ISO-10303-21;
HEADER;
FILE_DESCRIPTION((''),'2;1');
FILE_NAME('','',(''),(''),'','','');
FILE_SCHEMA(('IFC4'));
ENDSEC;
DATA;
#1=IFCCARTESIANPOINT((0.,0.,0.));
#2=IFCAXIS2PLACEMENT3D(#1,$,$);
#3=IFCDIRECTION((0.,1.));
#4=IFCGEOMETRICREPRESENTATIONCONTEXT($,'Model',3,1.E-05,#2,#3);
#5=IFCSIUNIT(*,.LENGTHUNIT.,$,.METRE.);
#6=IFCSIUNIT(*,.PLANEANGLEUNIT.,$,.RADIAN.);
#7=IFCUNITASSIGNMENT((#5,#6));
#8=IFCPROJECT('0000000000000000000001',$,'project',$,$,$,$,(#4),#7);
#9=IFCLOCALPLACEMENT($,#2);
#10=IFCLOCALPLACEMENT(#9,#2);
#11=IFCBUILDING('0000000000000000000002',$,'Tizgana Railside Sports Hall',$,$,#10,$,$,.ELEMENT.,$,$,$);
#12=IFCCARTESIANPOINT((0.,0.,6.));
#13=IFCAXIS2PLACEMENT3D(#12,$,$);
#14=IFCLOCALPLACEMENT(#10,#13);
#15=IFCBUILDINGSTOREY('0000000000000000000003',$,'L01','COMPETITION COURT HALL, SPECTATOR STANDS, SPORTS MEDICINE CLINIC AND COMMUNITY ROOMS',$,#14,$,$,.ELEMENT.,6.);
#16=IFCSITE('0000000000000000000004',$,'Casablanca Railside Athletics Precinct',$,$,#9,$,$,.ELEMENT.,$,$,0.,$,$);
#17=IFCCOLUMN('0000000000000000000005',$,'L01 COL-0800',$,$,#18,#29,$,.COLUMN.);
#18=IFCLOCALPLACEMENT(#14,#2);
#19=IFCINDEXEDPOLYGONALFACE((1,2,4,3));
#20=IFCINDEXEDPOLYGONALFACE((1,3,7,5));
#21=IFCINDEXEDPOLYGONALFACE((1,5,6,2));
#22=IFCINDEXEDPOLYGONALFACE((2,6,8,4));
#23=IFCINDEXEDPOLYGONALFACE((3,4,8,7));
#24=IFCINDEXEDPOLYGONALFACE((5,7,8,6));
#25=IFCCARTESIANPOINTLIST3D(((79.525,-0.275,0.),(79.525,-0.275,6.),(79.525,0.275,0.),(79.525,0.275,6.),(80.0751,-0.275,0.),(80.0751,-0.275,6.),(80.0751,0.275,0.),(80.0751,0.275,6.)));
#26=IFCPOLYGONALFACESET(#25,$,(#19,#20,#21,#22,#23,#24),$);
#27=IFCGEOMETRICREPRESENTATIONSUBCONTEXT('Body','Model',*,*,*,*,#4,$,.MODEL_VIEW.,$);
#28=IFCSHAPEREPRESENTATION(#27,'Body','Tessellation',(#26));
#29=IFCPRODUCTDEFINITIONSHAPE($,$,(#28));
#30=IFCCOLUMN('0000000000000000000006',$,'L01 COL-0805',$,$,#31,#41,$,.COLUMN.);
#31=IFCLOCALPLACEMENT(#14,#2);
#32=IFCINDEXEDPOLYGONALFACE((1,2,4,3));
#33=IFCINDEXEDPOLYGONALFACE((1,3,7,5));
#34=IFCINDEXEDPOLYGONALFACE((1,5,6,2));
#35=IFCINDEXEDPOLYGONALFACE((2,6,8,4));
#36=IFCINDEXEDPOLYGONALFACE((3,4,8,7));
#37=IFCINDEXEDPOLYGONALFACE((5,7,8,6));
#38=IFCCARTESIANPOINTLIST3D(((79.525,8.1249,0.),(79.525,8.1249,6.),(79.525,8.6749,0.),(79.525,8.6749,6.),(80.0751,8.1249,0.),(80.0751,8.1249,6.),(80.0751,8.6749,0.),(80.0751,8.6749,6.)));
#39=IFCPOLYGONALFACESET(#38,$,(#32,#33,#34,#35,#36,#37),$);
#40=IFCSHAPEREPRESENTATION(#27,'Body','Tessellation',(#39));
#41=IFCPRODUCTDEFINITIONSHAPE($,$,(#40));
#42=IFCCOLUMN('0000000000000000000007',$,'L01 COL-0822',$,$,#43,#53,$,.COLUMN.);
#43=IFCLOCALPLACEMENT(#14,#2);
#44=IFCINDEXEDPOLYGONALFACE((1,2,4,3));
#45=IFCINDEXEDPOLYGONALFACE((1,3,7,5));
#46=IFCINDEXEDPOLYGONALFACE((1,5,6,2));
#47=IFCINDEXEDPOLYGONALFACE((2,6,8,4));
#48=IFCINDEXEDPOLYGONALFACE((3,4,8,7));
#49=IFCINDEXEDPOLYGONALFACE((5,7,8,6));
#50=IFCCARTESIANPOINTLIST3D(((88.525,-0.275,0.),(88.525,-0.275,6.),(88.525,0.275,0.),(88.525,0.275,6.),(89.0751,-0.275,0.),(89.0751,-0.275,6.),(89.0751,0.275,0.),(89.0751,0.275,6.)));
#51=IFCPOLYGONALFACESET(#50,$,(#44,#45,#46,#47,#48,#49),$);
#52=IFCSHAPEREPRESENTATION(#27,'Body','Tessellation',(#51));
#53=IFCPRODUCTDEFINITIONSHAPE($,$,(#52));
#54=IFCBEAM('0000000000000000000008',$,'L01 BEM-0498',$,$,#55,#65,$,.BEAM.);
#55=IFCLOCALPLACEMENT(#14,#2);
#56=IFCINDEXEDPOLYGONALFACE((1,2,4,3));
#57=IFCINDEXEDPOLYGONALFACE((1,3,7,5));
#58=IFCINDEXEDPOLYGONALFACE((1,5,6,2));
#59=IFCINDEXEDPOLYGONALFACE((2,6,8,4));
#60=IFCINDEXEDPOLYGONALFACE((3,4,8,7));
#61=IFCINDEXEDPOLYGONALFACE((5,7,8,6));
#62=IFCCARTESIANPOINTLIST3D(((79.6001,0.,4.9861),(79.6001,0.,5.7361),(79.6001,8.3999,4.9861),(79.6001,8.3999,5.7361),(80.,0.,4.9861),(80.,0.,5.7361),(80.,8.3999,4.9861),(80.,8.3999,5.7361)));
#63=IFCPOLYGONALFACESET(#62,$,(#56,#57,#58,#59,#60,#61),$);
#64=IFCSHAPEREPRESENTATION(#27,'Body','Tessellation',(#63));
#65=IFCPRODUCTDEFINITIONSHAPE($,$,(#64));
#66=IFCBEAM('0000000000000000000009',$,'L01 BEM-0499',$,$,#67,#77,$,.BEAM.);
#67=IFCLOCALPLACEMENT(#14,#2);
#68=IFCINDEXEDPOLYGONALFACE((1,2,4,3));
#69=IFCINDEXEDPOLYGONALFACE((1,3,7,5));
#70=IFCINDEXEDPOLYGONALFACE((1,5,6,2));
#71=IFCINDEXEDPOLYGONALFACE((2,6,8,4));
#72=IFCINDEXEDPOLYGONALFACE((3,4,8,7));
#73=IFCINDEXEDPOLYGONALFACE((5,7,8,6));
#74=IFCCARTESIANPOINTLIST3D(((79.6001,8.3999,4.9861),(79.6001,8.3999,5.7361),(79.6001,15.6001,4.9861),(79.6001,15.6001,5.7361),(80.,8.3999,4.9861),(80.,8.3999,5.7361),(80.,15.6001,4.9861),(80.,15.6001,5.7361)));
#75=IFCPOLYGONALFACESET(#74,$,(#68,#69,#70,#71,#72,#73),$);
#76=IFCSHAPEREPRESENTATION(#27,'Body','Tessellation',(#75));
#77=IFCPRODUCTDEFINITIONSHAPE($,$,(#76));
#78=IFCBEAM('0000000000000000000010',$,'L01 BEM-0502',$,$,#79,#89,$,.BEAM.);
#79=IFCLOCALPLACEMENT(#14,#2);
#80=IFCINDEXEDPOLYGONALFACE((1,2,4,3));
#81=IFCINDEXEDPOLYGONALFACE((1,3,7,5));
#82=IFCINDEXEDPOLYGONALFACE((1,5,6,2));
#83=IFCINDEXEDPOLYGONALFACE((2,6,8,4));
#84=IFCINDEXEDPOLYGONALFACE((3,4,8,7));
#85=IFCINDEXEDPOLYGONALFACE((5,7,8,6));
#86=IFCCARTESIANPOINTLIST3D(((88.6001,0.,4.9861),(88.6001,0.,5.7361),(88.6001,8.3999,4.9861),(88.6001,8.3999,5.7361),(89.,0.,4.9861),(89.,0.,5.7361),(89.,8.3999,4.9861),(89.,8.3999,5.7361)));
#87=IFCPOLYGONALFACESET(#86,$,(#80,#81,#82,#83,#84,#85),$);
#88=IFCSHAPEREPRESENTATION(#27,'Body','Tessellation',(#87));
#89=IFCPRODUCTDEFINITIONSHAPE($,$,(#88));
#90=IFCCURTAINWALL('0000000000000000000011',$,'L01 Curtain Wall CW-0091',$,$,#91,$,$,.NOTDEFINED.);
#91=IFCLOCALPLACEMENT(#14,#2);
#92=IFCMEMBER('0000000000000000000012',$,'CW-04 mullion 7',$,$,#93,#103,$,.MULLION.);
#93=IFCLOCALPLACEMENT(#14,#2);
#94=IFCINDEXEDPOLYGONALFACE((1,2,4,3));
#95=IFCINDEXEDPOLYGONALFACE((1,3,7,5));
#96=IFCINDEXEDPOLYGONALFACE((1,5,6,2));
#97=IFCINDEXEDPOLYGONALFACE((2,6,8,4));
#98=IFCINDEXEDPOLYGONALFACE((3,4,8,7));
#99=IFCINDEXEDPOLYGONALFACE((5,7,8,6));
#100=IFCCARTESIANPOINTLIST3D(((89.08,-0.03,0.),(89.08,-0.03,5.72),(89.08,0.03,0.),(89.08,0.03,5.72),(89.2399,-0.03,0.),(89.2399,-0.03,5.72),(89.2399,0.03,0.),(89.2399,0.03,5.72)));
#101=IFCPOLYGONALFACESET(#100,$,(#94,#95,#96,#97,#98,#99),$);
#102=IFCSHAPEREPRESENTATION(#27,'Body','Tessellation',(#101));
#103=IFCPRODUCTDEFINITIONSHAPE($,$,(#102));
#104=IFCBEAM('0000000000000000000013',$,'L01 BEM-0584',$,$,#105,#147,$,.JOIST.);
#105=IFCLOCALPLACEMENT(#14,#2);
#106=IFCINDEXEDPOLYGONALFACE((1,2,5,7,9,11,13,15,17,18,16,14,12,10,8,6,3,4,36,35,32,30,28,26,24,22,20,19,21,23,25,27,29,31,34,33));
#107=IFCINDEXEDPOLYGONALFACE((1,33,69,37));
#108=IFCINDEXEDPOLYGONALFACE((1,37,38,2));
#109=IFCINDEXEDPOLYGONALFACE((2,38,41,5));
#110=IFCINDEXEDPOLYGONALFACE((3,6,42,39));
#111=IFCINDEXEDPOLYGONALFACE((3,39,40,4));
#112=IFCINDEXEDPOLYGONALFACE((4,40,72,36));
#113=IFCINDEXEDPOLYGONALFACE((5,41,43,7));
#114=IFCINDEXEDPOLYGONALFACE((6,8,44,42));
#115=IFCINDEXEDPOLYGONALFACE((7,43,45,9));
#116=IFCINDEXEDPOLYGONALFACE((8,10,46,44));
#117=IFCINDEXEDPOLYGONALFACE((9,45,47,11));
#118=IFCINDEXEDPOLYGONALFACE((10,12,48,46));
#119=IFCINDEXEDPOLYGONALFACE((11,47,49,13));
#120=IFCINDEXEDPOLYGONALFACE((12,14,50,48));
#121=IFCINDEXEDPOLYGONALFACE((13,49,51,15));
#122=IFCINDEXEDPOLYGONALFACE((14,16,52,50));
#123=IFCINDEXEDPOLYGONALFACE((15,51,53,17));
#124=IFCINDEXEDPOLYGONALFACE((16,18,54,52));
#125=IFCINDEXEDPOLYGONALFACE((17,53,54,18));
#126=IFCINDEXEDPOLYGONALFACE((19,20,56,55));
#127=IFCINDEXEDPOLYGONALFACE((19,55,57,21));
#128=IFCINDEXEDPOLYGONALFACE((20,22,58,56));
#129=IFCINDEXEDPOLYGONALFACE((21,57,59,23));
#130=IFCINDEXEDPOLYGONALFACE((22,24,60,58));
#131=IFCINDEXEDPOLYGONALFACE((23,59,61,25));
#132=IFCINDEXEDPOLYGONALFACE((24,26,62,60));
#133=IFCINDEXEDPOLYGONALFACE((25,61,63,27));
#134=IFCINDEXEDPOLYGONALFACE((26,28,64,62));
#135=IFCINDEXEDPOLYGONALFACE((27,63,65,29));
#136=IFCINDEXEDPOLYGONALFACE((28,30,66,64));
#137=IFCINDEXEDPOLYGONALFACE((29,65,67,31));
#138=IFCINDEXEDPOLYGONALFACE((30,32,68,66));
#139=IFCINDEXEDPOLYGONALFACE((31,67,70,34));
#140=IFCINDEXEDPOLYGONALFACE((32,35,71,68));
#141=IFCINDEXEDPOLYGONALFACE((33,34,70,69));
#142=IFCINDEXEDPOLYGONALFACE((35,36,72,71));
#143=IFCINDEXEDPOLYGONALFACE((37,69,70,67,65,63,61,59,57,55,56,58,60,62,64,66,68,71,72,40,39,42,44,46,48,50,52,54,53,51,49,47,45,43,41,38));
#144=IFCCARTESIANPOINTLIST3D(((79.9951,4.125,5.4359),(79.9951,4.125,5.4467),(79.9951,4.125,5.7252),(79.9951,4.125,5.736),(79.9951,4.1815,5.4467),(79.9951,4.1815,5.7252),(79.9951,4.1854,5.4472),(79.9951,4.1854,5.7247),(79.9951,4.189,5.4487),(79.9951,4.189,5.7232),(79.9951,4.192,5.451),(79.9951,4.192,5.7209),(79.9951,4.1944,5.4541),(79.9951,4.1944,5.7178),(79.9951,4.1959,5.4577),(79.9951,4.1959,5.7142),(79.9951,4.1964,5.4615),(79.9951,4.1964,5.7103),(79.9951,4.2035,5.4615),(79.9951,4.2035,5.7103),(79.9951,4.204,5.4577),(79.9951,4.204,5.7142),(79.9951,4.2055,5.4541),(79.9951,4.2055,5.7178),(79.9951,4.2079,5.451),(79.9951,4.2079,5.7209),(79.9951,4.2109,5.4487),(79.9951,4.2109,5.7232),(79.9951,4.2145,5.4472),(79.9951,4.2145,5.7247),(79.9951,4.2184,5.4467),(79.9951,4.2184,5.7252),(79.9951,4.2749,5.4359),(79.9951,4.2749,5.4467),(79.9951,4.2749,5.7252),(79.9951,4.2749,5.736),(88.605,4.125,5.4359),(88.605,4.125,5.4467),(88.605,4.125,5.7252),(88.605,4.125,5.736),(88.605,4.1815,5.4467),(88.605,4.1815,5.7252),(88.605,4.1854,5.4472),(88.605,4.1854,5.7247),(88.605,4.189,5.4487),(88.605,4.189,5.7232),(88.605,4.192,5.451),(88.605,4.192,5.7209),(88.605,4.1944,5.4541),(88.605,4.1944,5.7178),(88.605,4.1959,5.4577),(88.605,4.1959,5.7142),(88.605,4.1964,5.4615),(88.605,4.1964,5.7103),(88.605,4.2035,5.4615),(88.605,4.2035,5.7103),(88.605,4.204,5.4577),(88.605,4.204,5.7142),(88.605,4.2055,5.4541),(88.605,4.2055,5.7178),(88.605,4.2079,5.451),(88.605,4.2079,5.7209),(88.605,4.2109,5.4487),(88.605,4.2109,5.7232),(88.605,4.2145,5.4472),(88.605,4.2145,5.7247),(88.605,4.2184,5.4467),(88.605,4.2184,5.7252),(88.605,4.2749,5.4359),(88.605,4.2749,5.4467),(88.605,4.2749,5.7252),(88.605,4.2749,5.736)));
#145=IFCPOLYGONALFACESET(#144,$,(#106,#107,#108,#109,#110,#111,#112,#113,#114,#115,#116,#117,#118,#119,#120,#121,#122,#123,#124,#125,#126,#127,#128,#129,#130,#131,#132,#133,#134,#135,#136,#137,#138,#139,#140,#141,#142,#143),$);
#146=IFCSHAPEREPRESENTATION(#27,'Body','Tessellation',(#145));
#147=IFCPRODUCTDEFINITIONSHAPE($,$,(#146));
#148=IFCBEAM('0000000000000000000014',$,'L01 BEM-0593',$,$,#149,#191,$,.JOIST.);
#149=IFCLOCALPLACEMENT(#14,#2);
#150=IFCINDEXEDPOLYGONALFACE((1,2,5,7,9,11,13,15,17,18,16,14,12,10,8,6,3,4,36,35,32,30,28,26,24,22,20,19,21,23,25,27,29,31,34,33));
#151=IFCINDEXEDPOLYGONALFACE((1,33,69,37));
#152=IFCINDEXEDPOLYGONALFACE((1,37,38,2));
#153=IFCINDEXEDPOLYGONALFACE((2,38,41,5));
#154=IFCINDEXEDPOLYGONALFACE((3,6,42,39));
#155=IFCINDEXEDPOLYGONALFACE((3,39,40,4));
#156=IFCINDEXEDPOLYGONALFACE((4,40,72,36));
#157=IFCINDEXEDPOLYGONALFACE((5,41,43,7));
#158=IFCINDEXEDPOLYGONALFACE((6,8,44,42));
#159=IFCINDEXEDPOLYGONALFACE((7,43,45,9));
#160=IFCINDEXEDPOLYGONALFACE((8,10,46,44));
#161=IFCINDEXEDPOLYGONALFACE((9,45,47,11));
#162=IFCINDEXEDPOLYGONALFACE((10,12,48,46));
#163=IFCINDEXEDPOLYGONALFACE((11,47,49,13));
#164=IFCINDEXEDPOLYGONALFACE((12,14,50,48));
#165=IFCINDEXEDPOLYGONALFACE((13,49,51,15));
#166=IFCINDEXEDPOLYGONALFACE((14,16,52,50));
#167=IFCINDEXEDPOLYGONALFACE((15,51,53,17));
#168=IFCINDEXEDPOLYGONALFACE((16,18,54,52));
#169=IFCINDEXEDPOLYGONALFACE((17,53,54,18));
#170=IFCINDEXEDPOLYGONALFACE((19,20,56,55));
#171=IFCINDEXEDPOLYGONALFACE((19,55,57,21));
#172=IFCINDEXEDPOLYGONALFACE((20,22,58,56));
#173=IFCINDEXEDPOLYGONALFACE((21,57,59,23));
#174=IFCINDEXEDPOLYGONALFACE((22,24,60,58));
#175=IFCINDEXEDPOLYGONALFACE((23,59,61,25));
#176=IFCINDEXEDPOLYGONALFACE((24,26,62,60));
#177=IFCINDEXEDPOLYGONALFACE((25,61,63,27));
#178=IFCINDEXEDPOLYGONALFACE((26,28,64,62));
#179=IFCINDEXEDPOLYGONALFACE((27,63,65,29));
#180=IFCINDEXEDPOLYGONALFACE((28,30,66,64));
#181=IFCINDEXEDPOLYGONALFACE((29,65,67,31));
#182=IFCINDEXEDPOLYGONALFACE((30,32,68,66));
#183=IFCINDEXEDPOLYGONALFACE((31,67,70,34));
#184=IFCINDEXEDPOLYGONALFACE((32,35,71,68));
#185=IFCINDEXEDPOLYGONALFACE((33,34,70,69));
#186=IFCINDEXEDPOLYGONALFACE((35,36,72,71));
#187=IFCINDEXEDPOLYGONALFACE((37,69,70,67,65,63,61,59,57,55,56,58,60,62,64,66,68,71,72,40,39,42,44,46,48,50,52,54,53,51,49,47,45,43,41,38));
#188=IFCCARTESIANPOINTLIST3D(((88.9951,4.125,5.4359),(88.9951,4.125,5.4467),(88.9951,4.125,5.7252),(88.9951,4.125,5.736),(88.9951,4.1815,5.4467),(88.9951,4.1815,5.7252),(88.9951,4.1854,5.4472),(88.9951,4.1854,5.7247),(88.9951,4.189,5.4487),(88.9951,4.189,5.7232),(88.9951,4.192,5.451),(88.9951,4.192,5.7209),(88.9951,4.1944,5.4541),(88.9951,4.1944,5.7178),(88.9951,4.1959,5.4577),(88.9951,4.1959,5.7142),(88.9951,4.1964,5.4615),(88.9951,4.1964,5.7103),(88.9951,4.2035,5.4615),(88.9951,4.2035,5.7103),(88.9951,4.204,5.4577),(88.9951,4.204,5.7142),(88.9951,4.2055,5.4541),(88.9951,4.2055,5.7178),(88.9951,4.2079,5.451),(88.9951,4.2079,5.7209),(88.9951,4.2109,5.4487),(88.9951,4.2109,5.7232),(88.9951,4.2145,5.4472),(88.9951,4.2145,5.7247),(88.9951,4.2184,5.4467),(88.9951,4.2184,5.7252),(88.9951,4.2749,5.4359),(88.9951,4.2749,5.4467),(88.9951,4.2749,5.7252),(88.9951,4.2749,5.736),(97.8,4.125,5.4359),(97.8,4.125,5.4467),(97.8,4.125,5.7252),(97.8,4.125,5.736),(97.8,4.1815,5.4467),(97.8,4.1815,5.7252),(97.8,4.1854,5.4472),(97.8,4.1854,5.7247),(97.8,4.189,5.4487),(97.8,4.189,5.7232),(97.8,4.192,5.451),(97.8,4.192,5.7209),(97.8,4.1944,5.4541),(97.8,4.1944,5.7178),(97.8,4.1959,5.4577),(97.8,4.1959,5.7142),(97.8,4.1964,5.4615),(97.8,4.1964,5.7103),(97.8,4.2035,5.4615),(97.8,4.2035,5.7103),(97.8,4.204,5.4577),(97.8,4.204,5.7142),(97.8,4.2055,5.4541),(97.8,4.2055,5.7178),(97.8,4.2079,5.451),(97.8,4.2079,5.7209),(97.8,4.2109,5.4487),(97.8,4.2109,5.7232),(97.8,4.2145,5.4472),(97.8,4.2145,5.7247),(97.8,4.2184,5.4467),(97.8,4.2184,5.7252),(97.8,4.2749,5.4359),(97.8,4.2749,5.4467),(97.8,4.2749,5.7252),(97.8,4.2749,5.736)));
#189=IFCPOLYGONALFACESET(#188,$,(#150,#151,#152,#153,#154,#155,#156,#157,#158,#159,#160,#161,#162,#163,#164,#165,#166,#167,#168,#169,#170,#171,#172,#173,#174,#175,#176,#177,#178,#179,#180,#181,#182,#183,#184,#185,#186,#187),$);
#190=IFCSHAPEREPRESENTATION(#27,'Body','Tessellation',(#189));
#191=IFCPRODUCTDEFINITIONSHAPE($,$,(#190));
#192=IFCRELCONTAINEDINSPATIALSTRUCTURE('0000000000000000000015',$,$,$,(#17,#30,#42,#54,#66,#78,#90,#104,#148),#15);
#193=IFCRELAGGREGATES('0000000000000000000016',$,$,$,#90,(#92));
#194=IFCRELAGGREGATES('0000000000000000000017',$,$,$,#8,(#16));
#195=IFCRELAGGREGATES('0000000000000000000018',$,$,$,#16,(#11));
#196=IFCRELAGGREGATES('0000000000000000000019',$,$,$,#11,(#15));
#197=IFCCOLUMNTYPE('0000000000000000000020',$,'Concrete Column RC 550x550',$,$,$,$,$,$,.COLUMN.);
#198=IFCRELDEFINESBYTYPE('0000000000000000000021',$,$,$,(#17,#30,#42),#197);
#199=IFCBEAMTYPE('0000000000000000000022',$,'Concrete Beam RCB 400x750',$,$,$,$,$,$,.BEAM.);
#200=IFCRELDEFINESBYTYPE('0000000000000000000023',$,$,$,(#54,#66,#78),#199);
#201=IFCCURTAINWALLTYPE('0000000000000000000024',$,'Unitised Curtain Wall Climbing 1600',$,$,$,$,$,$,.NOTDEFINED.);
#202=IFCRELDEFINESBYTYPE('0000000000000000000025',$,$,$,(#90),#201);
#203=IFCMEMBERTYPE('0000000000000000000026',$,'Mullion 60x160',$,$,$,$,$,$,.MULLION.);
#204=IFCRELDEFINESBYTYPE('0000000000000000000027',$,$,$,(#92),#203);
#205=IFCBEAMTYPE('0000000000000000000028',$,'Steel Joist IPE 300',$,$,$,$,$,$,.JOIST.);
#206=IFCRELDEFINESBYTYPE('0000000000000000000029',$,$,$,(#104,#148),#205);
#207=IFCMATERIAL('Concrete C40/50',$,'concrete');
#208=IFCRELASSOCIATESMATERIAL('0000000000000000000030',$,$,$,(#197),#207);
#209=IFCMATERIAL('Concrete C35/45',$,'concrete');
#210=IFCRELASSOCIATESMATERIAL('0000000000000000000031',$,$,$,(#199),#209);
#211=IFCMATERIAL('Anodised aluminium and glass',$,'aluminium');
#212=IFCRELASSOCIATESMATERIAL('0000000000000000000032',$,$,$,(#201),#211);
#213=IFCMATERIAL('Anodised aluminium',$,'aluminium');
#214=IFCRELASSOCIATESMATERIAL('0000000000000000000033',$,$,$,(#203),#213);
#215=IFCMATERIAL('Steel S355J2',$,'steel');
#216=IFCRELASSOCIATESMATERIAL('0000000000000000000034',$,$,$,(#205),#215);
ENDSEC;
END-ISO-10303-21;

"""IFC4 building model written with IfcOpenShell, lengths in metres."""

from ifc_helpers import new_model, si_unit, direction, frame, origin, origin_2d, place, context, subcontext, project, spatial, rectangle, i_section, extrude, material, material_profile, profile_set, type_object, element, aggregate, save


model = new_model("IFC4")

# Units and contexts
model_context = context("Model", 3, precision=1e-05, world=origin(), true_north=direction((0.0, 1.0)))
body_context = subcontext(model_context, "Body", "Model", "MODEL_VIEW")
ifc_project = project(units=[si_unit("LENGTHUNIT", "METRE"), si_unit("PLANEANGLEUNIT", "RADIAN")], contexts=[model_context])

# Site, building, storey
site_placement = place(None, origin())
site = spatial("IfcSite", under=ifc_project, at=site_placement, Name="Casablanca Railside Athletics Precinct", CompositionType="ELEMENT", RefElevation=0.0)
building_placement = place(site_placement, origin())
building = spatial("IfcBuilding", under=site, at=building_placement, Name="Tizgana Railside Sports Hall", CompositionType="ELEMENT")
storey_placement = place(building_placement, frame((0.0, 0.0, 6.0)))
storey = spatial("IfcBuildingStorey", under=building, at=storey_placement, Name="L01", Description="COMPETITION COURT HALL, SPECTATOR STANDS, SPORTS MEDICINE CLINIC AND COMMUNITY ROOMS", CompositionType="ELEMENT", Elevation=6.0)

# Columns
ifc_material_1 = material(Name="Concrete C40/50", Category="concrete")
ifc_material_profile_1 = material_profile(ifc_material_1, rectangle(XDim=0.55, YDim=0.55, at=origin_2d()), Name="RC 550x550")
ifc_profile_set_1 = profile_set([ifc_material_profile_1], Name="Concrete C40/50")
column_type = type_object("IfcColumnType", Name="Concrete Column RC 550x550", PredefinedType="COLUMN", material=ifc_profile_set_1)
for number, where, z_axis, x_axis, name in (
    (1, (79.8, 0.0, 0.0), (0.0, 0.0, 1.0), (1.0, 0.0, 0.0), "L01 COL-0800"),
    (2, (79.8, 8.3999, 0.0), (0.0, 0.0, 1.0), (1.0, 0.0, 0.0), "L01 COL-0805"),
    (3, (88.8, 0.0, 0.0), (0.0, 0.0, 1.0), (1.0, 0.0, 0.0), "L01 COL-0822"),
):
    element("IfcColumn", number, at=place(storey_placement, frame(where, z_axis=z_axis, x_axis=x_axis)), inside=storey, type_object=column_type, Name=name, PredefinedType="COLUMN", context=body_context, shape_type="SweptSolid", body=[
        extrude(rectangle(XDim=0.55, YDim=0.55, at=origin_2d()), origin(), (0.0, 0.0, 1.0), 6.0),
    ])

# Beams
ifc_material_2 = material(Name="Concrete C35/45", Category="concrete")
ifc_material_profile_2 = material_profile(ifc_material_2, rectangle(XDim=0.3999, YDim=0.75, at=origin_2d()), Name="RCB 400x750")
ifc_profile_set_2 = profile_set([ifc_material_profile_2], Name="Concrete C35/45")
beam_type_1 = type_object("IfcBeamType", Name="Concrete Beam RCB 400x750", PredefinedType="BEAM", material=ifc_profile_set_2)
beam_1_placement = place(storey_placement, frame((79.8, 0.0, 5.3611), z_axis=(0.0, 1.0, 0.0), x_axis=(-1.0, 0.0, 0.0)))
element("IfcBeam", 4, at=beam_1_placement, inside=storey, type_object=beam_type_1, Name="L01 BEM-0498", PredefinedType="BEAM", context=body_context, shape_type="SweptSolid", body=[
    extrude(rectangle(XDim=0.3999, YDim=0.75, at=origin_2d()), origin(), (0.0, 0.0, 1.0), 8.3999),
])
beam_2_placement = place(storey_placement, frame((79.8, 8.3999, 5.3611), z_axis=(0.0, 1.0, 0.0), x_axis=(-1.0, 0.0, 0.0)))
element("IfcBeam", 5, at=beam_2_placement, inside=storey, type_object=beam_type_1, Name="L01 BEM-0499", PredefinedType="BEAM", context=body_context, shape_type="SweptSolid", body=[
    extrude(rectangle(XDim=0.3999, YDim=0.75, at=origin_2d()), origin(), (0.0, 0.0, 1.0), 7.2002),
])
beam_3_placement = place(storey_placement, frame((88.8, 0.0, 5.3611), z_axis=(0.0, 1.0, 0.0), x_axis=(-1.0, 0.0, 0.0)))
element("IfcBeam", 6, at=beam_3_placement, inside=storey, type_object=beam_type_1, Name="L01 BEM-0502", PredefinedType="BEAM", context=body_context, shape_type="SweptSolid", body=[
    extrude(rectangle(XDim=0.3999, YDim=0.75, at=origin_2d()), origin(), (0.0, 0.0, 1.0), 8.3999),
])

# Curtain wall, member
ifc_material_3 = material(Name="Anodised aluminium and glass", Category="aluminium")
curtain_wall_type = type_object("IfcCurtainWallType", Name="Unitised Curtain Wall Climbing 1600", PredefinedType="NOTDEFINED", material=ifc_material_3)
curtain_wall_placement = place(storey_placement, origin())
curtain_wall = element("IfcCurtainWall", 7, at=curtain_wall_placement, inside=storey, type_object=curtain_wall_type, Name="L01 Curtain Wall CW-0091", PredefinedType="NOTDEFINED")
ifc_material_4 = material(Name="Anodised aluminium", Category="aluminium")
ifc_material_profile_3 = material_profile(ifc_material_4, rectangle(XDim=0.0601, YDim=0.1599, at=origin_2d()), Name="Mullion 60x160")
ifc_profile_set_3 = profile_set([ifc_material_profile_3], Name="Anodised aluminium")
member_type = type_object("IfcMemberType", Name="Mullion 60x160", PredefinedType="MULLION", material=ifc_profile_set_3)
member_placement = place(storey_placement, frame((89.1599, 0.0, 0.0), z_axis=(0.0, 0.0, 1.0), x_axis=(0.0, -1.0, 0.0)))
member = element("IfcMember", 8, at=member_placement, type_object=member_type, Name="CW-04 mullion 7", PredefinedType="MULLION", context=body_context, shape_type="SweptSolid", body=[
    extrude(rectangle(XDim=0.0601, YDim=0.1599, at=origin_2d()), origin(), (0.0, 0.0, 1.0), 5.72),
])
aggregate(curtain_wall, [member])

# Beams
ifc_material_5 = material(Name="Steel S355J2", Category="steel")
ifc_material_profile_4 = material_profile(ifc_material_5, i_section(OverallWidth=0.1499, OverallDepth=0.3, WebThickness=0.0071, FlangeThickness=0.0107, FilletRadius=0.0149, at=origin_2d()), Name="IPE 300")
ifc_profile_set_4 = profile_set([ifc_material_profile_4], Name="Steel S355J2")
beam_type_2 = type_object("IfcBeamType", Name="Steel Joist IPE 300", PredefinedType="JOIST", material=ifc_profile_set_4)
beam_4_placement = place(storey_placement, frame((79.9951, 4.2, 5.5859), z_axis=(1.0, 0.0, 0.0), x_axis=(0.0, 1.0, 0.0)))
element("IfcBeam", 9, at=beam_4_placement, inside=storey, type_object=beam_type_2, Name="L01 BEM-0584", PredefinedType="JOIST", context=body_context, shape_type="SweptSolid", body=[
    extrude(i_section(OverallWidth=0.1499, OverallDepth=0.3, WebThickness=0.0071, FlangeThickness=0.0107, FilletRadius=0.0149, at=origin_2d()), origin(), (0.0, 0.0, 1.0), 8.6099),
])
beam_5_placement = place(storey_placement, frame((88.9951, 4.2, 5.5859), z_axis=(1.0, 0.0, 0.0), x_axis=(0.0, 1.0, 0.0)))
element("IfcBeam", 10, at=beam_5_placement, inside=storey, type_object=beam_type_2, Name="L01 BEM-0593", PredefinedType="JOIST", context=body_context, shape_type="SweptSolid", body=[
    extrude(i_section(OverallWidth=0.1499, OverallDepth=0.3, WebThickness=0.0071, FlangeThickness=0.0107, FilletRadius=0.0149, at=origin_2d()), origin(), (0.0, 0.0, 1.0), 8.8049),
])

save(model, "model.ifc")
